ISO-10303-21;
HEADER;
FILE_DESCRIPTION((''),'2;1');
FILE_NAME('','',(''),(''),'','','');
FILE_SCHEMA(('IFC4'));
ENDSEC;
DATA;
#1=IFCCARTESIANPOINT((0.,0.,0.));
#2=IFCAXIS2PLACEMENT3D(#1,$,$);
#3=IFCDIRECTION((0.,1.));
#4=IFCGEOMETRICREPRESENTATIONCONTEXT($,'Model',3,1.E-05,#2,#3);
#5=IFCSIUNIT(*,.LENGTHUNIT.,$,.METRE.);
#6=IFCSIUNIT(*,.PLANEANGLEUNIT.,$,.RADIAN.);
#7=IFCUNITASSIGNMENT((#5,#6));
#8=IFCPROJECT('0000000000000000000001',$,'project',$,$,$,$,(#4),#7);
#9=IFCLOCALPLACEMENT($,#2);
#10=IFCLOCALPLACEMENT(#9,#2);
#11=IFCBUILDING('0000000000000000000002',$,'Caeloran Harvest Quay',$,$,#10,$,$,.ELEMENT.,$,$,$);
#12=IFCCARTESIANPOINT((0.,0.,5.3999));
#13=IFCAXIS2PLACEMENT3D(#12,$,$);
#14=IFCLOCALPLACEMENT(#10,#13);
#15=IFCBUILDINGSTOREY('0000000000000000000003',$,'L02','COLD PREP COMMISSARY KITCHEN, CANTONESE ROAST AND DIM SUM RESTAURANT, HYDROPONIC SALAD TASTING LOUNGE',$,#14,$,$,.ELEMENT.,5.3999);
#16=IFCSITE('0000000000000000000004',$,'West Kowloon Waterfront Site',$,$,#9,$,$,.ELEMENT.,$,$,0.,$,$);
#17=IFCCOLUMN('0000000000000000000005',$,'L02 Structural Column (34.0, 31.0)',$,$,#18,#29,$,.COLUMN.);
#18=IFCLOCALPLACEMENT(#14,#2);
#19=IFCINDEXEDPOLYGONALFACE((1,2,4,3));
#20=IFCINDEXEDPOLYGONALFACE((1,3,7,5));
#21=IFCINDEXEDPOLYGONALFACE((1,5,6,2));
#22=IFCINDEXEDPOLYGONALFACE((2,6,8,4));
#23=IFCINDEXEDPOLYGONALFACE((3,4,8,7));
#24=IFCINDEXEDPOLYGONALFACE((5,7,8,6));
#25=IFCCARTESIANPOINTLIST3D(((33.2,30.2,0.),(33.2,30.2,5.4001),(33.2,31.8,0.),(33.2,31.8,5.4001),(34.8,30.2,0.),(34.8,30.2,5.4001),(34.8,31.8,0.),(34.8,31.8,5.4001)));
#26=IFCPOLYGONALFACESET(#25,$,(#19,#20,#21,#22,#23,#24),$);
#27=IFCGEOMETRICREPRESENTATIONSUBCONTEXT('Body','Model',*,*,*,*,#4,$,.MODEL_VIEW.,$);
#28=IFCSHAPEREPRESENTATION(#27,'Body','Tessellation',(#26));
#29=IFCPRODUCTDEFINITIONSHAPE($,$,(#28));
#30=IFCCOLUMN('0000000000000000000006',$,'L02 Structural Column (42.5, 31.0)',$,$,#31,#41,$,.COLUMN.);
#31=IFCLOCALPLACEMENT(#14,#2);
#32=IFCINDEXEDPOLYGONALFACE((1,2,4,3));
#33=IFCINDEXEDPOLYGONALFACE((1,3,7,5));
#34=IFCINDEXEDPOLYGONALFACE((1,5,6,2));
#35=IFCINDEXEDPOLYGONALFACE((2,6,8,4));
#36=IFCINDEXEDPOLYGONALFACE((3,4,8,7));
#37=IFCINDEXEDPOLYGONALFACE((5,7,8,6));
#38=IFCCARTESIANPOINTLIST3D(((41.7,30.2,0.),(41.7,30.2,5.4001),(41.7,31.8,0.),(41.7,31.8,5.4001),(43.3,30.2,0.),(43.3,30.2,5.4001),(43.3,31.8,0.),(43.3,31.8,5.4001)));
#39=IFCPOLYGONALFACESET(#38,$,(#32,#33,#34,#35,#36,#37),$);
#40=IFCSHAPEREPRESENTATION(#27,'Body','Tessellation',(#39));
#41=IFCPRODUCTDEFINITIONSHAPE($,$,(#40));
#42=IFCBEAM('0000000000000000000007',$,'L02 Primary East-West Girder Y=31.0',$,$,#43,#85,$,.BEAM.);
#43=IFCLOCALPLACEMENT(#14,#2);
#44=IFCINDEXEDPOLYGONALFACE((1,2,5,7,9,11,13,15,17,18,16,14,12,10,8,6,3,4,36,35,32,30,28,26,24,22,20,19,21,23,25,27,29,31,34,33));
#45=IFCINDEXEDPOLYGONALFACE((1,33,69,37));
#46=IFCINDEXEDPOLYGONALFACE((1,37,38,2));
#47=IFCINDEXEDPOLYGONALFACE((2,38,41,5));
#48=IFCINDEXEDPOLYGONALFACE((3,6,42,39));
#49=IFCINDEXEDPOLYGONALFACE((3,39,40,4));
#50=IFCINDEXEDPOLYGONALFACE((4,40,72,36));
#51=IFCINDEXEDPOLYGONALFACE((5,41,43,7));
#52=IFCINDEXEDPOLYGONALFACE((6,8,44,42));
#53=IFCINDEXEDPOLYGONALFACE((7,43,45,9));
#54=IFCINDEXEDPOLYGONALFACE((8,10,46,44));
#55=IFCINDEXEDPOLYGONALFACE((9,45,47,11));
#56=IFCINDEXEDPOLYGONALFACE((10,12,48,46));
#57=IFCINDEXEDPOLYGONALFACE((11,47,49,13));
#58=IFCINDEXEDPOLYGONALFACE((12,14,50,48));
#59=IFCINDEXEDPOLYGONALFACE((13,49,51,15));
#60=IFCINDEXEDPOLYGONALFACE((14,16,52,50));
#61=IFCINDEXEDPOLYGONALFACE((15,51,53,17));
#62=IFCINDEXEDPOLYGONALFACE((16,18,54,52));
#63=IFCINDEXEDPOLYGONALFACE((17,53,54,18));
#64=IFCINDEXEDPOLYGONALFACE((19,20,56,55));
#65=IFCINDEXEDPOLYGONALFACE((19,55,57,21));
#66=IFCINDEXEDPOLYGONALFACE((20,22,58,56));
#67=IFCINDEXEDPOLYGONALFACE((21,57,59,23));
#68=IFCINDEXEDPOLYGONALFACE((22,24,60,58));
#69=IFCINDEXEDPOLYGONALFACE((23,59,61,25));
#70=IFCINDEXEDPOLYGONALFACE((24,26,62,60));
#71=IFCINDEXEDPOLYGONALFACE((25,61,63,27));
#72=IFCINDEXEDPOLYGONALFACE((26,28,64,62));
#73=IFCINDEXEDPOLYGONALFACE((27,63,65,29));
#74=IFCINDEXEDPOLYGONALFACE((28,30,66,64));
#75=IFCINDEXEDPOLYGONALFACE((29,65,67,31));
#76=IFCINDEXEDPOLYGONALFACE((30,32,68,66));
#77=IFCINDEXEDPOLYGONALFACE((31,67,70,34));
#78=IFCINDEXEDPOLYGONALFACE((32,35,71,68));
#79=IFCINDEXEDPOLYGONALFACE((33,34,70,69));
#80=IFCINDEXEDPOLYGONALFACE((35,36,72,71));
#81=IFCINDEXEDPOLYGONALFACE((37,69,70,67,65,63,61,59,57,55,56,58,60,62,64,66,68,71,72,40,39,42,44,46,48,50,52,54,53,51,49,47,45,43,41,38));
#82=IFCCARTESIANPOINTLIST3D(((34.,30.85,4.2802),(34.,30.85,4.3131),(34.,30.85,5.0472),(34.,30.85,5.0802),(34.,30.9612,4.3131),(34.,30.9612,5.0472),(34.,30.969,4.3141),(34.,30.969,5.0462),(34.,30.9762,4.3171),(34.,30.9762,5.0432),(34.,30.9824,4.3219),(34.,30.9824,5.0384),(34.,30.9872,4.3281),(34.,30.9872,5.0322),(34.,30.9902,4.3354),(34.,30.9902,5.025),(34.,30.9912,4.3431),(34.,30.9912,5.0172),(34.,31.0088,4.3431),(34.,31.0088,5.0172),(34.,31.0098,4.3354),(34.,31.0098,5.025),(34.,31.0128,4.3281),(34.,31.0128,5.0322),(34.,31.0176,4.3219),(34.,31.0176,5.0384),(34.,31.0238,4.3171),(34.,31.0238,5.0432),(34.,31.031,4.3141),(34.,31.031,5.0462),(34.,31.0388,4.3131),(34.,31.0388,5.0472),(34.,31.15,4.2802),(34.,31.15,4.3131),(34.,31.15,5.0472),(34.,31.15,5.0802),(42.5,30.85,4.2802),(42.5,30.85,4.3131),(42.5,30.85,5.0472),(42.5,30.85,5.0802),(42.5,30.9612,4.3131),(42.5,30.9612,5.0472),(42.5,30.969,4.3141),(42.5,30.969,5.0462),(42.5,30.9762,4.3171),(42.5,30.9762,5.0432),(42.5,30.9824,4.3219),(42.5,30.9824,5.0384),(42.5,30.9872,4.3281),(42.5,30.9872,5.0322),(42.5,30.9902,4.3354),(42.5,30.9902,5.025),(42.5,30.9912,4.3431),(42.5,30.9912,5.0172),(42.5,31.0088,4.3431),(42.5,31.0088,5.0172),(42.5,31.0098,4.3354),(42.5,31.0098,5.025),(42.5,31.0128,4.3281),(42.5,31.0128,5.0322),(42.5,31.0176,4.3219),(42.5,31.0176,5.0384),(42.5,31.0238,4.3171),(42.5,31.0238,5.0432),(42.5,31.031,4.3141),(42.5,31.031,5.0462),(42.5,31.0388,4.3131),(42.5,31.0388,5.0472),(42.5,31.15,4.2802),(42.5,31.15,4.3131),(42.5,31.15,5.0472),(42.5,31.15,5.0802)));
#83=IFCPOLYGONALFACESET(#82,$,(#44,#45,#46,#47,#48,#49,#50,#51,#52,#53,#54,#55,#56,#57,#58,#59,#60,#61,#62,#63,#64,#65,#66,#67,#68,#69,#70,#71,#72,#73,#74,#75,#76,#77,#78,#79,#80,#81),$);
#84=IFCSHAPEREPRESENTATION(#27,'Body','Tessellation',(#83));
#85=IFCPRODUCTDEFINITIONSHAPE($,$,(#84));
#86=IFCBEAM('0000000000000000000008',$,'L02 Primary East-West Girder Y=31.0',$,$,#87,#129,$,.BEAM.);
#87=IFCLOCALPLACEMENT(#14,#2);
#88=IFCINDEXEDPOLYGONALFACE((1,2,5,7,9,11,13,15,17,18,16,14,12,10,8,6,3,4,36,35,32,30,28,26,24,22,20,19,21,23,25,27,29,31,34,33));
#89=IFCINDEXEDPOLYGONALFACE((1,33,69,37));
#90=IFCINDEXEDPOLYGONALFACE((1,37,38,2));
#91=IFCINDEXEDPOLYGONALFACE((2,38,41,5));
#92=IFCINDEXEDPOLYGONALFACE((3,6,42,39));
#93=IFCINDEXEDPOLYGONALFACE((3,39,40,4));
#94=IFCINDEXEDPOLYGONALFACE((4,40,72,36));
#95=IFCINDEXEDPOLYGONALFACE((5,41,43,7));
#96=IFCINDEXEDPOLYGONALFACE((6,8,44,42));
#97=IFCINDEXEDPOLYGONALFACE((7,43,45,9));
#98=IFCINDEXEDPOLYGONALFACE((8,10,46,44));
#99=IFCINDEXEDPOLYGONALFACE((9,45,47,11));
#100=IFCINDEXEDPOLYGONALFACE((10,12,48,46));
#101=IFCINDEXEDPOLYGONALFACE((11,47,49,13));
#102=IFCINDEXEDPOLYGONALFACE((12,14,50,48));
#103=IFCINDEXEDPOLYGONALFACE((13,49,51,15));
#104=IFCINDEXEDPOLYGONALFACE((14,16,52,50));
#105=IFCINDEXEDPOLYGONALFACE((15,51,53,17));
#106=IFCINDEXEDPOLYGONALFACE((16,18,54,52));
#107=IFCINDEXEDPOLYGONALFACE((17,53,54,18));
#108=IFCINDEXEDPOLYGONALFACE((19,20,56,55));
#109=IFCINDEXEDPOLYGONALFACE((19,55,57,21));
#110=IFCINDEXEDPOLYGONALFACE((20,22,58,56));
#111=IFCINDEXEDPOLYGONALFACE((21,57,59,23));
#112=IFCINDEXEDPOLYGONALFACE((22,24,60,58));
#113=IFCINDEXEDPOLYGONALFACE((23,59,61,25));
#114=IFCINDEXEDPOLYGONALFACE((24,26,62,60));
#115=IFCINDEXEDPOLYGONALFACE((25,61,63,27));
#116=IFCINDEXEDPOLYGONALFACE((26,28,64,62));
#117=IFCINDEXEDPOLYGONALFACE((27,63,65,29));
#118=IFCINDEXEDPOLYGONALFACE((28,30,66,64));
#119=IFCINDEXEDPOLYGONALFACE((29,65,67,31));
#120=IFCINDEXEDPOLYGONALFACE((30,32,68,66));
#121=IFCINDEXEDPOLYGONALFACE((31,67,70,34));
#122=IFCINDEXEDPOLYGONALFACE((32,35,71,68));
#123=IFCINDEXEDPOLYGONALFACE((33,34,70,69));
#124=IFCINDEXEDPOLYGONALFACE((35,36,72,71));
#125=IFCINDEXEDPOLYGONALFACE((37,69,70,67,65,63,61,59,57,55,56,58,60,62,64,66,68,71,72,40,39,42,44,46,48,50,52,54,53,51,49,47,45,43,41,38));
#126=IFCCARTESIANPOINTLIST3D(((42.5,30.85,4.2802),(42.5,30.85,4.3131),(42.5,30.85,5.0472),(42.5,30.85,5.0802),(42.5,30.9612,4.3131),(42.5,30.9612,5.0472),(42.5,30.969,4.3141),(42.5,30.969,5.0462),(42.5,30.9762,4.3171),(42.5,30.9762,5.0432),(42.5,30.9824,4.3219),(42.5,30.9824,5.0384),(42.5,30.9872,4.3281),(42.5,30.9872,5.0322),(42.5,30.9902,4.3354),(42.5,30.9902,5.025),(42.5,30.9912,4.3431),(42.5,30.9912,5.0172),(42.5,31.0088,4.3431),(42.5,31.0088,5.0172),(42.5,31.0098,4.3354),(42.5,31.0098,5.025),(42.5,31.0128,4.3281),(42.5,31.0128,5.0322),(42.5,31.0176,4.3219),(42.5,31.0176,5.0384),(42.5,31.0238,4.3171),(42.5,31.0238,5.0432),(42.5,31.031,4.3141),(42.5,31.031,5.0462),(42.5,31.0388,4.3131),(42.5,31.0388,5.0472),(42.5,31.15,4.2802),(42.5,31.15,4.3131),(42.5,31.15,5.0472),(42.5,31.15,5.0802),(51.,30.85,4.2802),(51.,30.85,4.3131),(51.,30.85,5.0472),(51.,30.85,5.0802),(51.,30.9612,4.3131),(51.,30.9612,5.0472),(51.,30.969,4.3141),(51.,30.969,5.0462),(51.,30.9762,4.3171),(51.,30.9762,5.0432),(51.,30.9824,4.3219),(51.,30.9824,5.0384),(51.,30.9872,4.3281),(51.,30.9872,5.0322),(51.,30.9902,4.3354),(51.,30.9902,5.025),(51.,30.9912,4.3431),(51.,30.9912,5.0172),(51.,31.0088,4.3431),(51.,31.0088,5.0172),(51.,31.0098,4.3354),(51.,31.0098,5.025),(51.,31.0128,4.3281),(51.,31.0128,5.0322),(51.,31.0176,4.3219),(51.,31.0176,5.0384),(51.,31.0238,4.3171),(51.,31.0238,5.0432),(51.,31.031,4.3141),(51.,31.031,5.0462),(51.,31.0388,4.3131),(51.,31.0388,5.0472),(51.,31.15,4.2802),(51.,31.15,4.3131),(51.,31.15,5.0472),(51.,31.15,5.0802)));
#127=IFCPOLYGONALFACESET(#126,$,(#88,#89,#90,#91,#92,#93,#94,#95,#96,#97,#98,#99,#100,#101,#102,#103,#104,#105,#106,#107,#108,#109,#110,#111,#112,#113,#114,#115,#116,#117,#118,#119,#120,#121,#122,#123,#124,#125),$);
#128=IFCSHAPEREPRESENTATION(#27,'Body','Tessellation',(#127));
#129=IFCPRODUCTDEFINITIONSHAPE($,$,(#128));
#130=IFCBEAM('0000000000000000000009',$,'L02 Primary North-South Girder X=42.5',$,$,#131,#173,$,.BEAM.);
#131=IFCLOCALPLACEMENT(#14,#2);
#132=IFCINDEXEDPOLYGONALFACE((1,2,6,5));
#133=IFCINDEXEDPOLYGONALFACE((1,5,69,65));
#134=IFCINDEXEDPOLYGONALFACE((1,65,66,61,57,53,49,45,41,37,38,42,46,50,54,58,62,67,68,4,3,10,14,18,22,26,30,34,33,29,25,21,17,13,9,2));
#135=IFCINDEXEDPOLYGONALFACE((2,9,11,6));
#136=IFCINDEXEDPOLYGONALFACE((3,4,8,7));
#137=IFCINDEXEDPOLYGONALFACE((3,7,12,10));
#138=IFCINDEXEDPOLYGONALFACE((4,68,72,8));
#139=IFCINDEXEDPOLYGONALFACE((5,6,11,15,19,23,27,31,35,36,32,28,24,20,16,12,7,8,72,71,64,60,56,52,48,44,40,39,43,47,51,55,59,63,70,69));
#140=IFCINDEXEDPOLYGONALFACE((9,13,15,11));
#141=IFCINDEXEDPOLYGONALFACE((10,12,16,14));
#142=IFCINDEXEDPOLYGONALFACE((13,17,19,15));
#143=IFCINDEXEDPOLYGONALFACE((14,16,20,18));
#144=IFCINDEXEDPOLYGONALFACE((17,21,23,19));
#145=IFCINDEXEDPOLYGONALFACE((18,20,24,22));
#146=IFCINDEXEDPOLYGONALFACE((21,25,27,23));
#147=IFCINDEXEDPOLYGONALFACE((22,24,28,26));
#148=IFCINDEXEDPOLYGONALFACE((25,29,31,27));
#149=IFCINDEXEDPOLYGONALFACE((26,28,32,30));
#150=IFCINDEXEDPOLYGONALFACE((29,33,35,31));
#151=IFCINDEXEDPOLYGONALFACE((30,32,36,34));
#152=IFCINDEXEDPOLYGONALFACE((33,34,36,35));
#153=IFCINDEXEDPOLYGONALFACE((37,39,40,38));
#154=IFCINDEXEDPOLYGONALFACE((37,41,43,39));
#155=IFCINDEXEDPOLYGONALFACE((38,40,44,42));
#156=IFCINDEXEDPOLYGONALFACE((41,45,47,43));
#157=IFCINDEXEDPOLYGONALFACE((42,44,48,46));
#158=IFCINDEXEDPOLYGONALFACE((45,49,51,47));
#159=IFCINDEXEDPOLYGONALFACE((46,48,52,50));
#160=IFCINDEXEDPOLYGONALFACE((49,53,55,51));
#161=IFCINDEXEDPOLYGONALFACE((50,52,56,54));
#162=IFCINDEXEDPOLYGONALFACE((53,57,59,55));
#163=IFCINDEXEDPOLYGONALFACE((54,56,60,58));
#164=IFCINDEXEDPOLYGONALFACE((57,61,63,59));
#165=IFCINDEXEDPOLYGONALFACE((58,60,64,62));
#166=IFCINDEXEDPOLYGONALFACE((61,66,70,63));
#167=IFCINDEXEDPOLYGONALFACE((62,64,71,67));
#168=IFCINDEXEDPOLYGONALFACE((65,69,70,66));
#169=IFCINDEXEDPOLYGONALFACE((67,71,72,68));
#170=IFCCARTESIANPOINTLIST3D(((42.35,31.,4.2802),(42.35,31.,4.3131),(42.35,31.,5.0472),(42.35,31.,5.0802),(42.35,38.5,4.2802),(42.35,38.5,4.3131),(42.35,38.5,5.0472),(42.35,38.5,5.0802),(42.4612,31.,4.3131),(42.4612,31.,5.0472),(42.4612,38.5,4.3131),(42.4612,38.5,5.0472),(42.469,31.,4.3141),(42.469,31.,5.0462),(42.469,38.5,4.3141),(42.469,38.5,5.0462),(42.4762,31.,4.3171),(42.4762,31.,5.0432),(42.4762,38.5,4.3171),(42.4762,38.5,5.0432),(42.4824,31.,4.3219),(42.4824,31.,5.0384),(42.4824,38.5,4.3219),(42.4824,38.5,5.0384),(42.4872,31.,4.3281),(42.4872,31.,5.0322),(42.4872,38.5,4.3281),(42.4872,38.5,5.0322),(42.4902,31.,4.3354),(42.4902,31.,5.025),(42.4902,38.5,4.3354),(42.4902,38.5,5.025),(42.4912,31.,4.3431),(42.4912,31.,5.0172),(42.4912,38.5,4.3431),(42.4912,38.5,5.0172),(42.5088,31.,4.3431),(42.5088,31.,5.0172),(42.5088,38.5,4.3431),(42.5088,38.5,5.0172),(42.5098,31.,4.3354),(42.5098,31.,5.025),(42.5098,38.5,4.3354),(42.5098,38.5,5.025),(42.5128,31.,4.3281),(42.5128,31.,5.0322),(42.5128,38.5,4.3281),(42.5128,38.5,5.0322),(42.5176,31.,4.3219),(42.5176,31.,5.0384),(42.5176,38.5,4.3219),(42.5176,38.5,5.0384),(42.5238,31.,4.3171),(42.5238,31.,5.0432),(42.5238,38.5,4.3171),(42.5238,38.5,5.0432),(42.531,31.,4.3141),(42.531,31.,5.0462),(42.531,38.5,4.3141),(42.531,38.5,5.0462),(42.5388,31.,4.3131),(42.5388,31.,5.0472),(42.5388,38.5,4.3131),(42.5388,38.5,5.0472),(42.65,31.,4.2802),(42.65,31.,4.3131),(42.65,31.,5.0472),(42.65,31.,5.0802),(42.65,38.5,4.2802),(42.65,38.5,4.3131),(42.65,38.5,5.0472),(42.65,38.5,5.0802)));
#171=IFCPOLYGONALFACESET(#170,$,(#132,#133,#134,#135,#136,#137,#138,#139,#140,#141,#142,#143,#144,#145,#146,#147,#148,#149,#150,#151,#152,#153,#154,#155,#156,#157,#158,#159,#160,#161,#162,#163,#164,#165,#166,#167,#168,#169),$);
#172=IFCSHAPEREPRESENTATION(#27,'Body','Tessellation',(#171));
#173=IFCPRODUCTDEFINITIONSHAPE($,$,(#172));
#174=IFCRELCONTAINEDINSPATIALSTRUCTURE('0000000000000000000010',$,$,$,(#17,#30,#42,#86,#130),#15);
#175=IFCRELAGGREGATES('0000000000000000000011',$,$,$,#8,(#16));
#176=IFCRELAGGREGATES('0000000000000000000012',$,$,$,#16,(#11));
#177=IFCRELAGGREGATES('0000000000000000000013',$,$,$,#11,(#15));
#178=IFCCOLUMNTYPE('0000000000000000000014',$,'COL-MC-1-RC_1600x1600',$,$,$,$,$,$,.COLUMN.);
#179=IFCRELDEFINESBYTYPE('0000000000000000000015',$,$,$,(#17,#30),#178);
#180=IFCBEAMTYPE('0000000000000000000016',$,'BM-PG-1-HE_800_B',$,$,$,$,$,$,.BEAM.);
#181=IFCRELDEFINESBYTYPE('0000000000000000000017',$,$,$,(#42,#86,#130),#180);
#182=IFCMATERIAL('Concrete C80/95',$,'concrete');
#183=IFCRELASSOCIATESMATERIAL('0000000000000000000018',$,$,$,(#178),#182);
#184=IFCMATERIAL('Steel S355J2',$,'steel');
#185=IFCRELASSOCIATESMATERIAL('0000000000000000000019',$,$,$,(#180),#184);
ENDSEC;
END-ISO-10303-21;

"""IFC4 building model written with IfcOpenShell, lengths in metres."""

from ifc_helpers import new_model, si_unit, direction, frame, origin, origin_2d, place, context, subcontext, project, spatial, rectangle, i_section, extrude, material, material_profile, profile_set, type_object, element, save


model = new_model("IFC4")

# Units and contexts
model_context = context("Model", 3, precision=1e-05, world=origin(), true_north=direction((0.0, 1.0)))
body_context = subcontext(model_context, "Body", "Model", "MODEL_VIEW")
ifc_project = project(units=[si_unit("LENGTHUNIT", "METRE"), si_unit("PLANEANGLEUNIT", "RADIAN")], contexts=[model_context])

# Site, building, storey
site_placement = place(None, origin())
site = spatial("IfcSite", under=ifc_project, at=site_placement, Name="West Kowloon Waterfront Site", CompositionType="ELEMENT", RefElevation=0.0)
building_placement = place(site_placement, origin())
building = spatial("IfcBuilding", under=site, at=building_placement, Name="Caeloran Harvest Quay", CompositionType="ELEMENT")
storey_placement = place(building_placement, frame((0.0, 0.0, 5.3999)))
storey = spatial("IfcBuildingStorey", under=building, at=storey_placement, Name="L02", Description="COLD PREP COMMISSARY KITCHEN, CANTONESE ROAST AND DIM SUM RESTAURANT, HYDROPONIC SALAD TASTING LOUNGE", CompositionType="ELEMENT", Elevation=5.3999)

# Columns
ifc_material_1 = material(Name="Concrete C80/95", Category="concrete")
ifc_material_profile_1 = material_profile(ifc_material_1, rectangle(XDim=1.6001, YDim=1.6001, at=origin_2d()), Name="RC 1600x1600")
ifc_profile_set_1 = profile_set([ifc_material_profile_1], Name="Concrete C80/95")
column_type = type_object("IfcColumnType", Name="COL-MC-1-RC_1600x1600", PredefinedType="COLUMN", material=ifc_profile_set_1)
for number, where, z_axis, x_axis, name in (
    (1, (34.0, 31.0, 0.0), (0.0, 0.0, 1.0), (1.0, 0.0, 0.0), "L02 Structural Column (34.0, 31.0)"),
    (2, (42.5, 31.0, 0.0), (0.0, 0.0, 1.0), (1.0, 0.0, 0.0), "L02 Structural Column (42.5, 31.0)"),
):
    element("IfcColumn", number, at=place(storey_placement, frame(where, z_axis=z_axis, x_axis=x_axis)), inside=storey, type_object=column_type, Name=name, PredefinedType="COLUMN", context=body_context, shape_type="SweptSolid", body=[
        extrude(rectangle(XDim=1.6001, YDim=1.6001, at=origin_2d()), origin(), (0.0, 0.0, 1.0), 5.4001),
    ])

# Beams
ifc_material_2 = material(Name="Steel S355J2", Category="steel")
ifc_material_profile_2 = material_profile(ifc_material_2, i_section(OverallWidth=0.3, OverallDepth=0.8, WebThickness=0.0176, FlangeThickness=0.033, FilletRadius=0.03, at=origin_2d()), Name="HE 800 B")
ifc_profile_set_2 = profile_set([ifc_material_profile_2], Name="Steel S355J2")
beam_type_1 = type_object("IfcBeamType", Name="BM-PG-1-HE_800_B", PredefinedType="BEAM", material=ifc_profile_set_2)
for number, where, z_axis, x_axis, name in (
    (3, (34.0, 31.0, 4.6802), (1.0, 0.0, 0.0), (0.0, 1.0, 0.0), "L02 Primary East-West Girder Y=31.0"),
    (4, (42.5, 31.0, 4.6802), (1.0, 0.0, 0.0), (0.0, 1.0, 0.0), "L02 Primary East-West Girder Y=31.0"),
):
    element("IfcBeam", number, at=place(storey_placement, frame(where, z_axis=z_axis, x_axis=x_axis)), inside=storey, type_object=beam_type_1, Name=name, PredefinedType="BEAM", context=body_context, shape_type="SweptSolid", body=[
        extrude(i_section(OverallWidth=0.3, OverallDepth=0.8, WebThickness=0.0176, FlangeThickness=0.033, FilletRadius=0.03, at=origin_2d()), origin(), (0.0, 0.0, 1.0), 8.5),
    ])
beam_1_placement = place(storey_placement, frame((42.5, 31.0, 4.6802), z_axis=(0.0, 1.0, 0.0), x_axis=(-1.0, 0.0, 0.0)))
element("IfcBeam", 5, at=beam_1_placement, inside=storey, type_object=beam_type_1, Name="L02 Primary North-South Girder X=42.5", PredefinedType="BEAM", context=body_context, shape_type="SweptSolid", body=[
    extrude(i_section(OverallWidth=0.3, OverallDepth=0.8, WebThickness=0.0176, FlangeThickness=0.033, FilletRadius=0.03, at=origin_2d()), origin(), (0.0, 0.0, 1.0), 7.5),
])

save(model, "model.ifc")
